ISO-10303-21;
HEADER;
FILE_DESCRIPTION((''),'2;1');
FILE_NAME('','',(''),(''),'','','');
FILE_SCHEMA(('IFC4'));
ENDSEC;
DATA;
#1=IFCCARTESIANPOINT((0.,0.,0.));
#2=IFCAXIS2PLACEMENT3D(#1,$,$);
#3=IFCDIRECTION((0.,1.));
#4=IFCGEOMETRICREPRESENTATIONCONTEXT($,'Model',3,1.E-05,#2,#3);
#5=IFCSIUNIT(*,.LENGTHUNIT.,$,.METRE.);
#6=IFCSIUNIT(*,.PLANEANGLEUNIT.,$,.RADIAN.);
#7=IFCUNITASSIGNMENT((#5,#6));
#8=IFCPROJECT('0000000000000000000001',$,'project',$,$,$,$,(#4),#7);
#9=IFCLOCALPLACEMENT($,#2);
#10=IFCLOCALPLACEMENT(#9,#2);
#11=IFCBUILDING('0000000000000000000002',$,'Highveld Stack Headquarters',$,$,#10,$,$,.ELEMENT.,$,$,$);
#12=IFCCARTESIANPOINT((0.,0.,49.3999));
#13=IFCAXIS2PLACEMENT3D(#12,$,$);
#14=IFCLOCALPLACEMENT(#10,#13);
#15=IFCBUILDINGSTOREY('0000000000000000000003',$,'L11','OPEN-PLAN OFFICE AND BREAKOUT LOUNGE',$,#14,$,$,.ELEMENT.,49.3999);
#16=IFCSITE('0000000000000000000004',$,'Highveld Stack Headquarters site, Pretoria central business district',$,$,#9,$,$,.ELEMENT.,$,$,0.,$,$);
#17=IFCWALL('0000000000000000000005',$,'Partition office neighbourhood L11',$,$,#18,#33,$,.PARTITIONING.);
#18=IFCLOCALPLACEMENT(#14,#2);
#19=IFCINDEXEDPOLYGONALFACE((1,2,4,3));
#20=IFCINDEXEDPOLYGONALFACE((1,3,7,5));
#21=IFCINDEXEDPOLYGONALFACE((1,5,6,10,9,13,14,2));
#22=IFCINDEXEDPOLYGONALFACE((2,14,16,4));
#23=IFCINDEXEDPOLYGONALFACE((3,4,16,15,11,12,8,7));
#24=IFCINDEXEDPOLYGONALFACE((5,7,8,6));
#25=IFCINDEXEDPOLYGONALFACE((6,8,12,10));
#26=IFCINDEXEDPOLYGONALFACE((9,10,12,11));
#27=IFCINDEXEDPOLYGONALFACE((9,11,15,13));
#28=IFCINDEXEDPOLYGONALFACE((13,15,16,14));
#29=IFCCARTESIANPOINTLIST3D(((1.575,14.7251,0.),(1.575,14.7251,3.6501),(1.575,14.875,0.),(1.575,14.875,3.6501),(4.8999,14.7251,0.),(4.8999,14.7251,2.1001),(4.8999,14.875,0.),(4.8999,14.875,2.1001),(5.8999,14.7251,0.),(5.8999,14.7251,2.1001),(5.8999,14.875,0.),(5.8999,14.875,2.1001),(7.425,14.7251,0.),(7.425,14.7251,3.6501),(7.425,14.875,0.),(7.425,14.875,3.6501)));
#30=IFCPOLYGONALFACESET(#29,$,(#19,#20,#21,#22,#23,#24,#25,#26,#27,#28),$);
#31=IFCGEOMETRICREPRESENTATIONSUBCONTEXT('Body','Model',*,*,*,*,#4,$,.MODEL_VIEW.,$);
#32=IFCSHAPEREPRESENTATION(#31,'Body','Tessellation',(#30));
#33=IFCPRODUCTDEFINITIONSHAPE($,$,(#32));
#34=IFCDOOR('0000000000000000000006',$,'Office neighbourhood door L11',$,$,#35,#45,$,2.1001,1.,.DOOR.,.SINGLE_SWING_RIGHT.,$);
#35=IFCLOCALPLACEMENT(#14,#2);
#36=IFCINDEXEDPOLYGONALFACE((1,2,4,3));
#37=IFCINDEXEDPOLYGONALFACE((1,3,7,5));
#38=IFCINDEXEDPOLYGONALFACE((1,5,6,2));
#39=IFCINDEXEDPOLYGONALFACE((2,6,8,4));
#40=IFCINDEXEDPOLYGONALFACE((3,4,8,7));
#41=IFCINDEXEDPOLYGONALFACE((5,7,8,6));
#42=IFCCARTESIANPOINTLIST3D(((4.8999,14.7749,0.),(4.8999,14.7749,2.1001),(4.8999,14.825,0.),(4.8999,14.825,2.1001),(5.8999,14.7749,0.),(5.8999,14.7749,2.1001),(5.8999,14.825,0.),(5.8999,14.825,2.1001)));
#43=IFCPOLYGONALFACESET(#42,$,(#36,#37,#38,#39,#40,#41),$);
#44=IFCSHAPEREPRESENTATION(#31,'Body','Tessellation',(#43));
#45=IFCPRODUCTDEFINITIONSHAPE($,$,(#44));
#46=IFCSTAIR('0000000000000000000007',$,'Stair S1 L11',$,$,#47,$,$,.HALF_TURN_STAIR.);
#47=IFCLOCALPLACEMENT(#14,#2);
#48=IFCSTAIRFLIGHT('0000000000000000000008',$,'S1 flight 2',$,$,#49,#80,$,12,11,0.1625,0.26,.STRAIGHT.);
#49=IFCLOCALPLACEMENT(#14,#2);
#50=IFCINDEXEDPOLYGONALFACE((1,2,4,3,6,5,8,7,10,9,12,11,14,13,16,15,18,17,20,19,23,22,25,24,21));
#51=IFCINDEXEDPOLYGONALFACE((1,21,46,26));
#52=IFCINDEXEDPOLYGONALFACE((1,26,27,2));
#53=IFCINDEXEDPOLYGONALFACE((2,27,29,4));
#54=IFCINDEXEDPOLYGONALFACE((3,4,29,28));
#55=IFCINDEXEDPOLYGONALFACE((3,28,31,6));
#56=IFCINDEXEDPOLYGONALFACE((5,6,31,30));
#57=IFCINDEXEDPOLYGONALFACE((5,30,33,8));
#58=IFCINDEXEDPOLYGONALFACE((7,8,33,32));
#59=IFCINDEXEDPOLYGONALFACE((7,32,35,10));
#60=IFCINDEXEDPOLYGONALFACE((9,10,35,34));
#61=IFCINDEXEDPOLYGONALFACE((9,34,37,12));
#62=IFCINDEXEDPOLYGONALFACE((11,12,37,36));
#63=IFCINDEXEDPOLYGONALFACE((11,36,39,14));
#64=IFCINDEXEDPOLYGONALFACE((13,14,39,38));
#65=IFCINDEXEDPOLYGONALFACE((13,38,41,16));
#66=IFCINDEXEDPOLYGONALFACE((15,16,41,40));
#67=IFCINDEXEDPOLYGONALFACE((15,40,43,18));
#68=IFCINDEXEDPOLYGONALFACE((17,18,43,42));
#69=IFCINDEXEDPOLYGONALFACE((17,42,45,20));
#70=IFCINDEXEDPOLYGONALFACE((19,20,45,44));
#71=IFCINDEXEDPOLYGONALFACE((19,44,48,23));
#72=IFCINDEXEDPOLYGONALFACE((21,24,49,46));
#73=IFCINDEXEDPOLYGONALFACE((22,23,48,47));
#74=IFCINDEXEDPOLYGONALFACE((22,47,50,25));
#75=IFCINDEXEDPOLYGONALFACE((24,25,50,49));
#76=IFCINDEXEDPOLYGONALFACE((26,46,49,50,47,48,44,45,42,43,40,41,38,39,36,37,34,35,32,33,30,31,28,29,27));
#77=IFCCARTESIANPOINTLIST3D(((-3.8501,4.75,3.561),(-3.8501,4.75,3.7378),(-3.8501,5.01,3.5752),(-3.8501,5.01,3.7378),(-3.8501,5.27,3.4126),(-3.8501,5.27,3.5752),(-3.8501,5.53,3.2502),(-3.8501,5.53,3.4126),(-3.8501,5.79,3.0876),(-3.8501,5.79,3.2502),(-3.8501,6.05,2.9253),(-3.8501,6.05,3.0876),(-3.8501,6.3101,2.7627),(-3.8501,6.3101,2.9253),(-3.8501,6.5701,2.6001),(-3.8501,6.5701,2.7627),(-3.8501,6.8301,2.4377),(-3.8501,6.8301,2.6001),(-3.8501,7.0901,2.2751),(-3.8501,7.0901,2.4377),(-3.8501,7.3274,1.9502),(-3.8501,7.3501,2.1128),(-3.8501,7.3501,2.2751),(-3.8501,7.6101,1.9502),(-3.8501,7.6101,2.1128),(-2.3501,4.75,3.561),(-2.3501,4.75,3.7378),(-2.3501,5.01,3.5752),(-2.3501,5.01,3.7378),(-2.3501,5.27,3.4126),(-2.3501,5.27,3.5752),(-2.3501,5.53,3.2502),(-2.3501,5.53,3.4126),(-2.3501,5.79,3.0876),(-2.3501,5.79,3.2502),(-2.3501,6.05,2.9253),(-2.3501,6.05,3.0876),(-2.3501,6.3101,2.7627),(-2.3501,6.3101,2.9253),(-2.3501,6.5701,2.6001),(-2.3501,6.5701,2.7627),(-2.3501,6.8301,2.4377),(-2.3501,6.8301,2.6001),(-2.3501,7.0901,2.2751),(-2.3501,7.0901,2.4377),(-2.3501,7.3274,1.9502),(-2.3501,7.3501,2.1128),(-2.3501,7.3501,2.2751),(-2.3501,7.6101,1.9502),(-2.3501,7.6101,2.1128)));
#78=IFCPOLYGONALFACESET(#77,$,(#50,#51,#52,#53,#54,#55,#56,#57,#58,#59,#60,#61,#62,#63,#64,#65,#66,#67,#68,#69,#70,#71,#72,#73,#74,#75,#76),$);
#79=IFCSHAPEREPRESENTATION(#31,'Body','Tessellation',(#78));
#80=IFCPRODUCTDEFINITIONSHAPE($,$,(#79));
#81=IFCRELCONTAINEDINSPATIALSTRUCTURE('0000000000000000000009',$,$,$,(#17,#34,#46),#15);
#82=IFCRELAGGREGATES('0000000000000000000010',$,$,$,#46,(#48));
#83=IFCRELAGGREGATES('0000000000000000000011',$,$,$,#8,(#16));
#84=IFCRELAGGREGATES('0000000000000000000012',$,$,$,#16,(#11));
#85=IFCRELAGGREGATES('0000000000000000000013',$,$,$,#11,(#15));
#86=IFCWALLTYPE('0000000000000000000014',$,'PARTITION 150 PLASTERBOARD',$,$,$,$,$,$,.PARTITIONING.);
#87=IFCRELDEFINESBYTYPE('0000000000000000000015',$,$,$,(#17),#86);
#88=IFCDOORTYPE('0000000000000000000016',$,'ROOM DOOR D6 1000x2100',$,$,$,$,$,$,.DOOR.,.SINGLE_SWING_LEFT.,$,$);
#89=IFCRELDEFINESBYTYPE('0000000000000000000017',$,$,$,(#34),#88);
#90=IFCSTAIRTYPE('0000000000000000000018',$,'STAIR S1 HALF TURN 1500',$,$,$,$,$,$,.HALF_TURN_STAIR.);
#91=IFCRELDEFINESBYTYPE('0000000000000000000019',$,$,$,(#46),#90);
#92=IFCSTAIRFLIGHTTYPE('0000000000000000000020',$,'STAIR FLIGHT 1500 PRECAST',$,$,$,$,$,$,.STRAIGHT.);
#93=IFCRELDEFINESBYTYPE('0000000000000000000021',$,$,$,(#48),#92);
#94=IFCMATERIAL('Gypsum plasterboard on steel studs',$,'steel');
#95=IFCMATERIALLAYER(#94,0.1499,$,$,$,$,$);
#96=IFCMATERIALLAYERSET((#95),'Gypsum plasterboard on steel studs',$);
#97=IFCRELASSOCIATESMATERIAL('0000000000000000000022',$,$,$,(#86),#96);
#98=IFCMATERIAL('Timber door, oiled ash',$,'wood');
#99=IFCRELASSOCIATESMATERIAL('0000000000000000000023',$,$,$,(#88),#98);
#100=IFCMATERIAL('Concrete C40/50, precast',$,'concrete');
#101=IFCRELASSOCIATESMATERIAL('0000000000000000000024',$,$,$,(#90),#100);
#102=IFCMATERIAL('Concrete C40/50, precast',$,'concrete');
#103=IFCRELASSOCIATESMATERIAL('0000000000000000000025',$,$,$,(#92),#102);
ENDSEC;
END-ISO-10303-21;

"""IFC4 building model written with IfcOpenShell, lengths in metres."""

from ifc_helpers import new_model, si_unit, direction, frame, frame_2d, origin, place, context, subcontext, project, spatial, polyline, rectangle, outline, extrude, material, layer, layer_set, type_object, element, fill, aggregate, save


model = new_model("IFC4")

# Units and contexts
model_context = context("Model", 3, precision=1e-05, world=origin(), true_north=direction((0.0, 1.0)))
body_context = subcontext(model_context, "Body", "Model", "MODEL_VIEW")
ifc_project = project(units=[si_unit("LENGTHUNIT", "METRE"), si_unit("PLANEANGLEUNIT", "RADIAN")], contexts=[model_context])

# Site, building, storey
site_placement = place(None, origin())
site = spatial("IfcSite", under=ifc_project, at=site_placement, Name="Highveld Stack Headquarters site, Pretoria central business district", CompositionType="ELEMENT", RefElevation=0.0)
building_placement = place(site_placement, origin())
building = spatial("IfcBuilding", under=site, at=building_placement, Name="Highveld Stack Headquarters", CompositionType="ELEMENT")
storey_placement = place(building_placement, frame((0.0, 0.0, 49.3999)))
storey = spatial("IfcBuildingStorey", under=building, at=storey_placement, Name="L11", Description="OPEN-PLAN OFFICE AND BREAKOUT LOUNGE", CompositionType="ELEMENT", Elevation=49.3999)

# Shared definitions
ifc_material_1 = material(Name="Gypsum plasterboard on steel studs", Category="steel")
ifc_layer_1 = layer(ifc_material_1, 0.1499)
ifc_layer_set_1 = layer_set([ifc_layer_1], Name="Gypsum plasterboard on steel studs")
wall_type_1 = type_object("IfcWallType", Name="PARTITION 150 PLASTERBOARD", PredefinedType="PARTITIONING", material=ifc_layer_set_1)
ifc_material_2 = material(Name="Timber door, oiled ash", Category="wood")
door_type = type_object("IfcDoorType", Name="ROOM DOOR D6 1000x2100", OperationType="SINGLE_SWING_LEFT", PredefinedType="DOOR", material=ifc_material_2)

# Wall, opening, door
wall_1_placement = place(storey_placement, frame((1.575, 14.8, 0.0), z_axis=(0.0, 0.0, 1.0), x_axis=(1.0, 0.0, 0.0)))
wall_1 = element("IfcWall", 1, at=wall_1_placement, inside=storey, type_object=wall_type_1, Name="Partition office neighbourhood L11", PredefinedType="PARTITIONING", context=body_context, shape_type="SweptSolid", body=[
    extrude(rectangle(XDim=5.8501, YDim=0.1499, at=frame_2d((2.925, 0.0))), origin(), (0.0, 0.0, 1.0), 3.6501),
])
opening_1_placement = place(wall_1_placement, frame((3.325, 0.0, 0.0)))
opening_1 = element("IfcOpeningElement", 2, at=opening_1_placement, cuts=wall_1, PredefinedType="OPENING", context=body_context, shape_type="SweptSolid", body=[
    extrude(rectangle(XDim=1.0, YDim=2.1001, at=frame_2d((0.5, 1.05))), frame((0.0, 0.085, 0.0), z_axis=(0.0, -1.0, 0.0), x_axis=(1.0, 0.0, 0.0)), (0.0, 0.0, 1.0), 0.1699),
])
door_1_placement = place(opening_1_placement, origin())
door_1 = element("IfcDoor", 3, at=door_1_placement, inside=storey, type_object=door_type, Name="Office neighbourhood door L11", OperationType="SINGLE_SWING_RIGHT", OverallHeight=2.1001, OverallWidth=1.0, PredefinedType="DOOR", context=body_context, shape_type="SweptSolid", body=[
    extrude(rectangle(XDim=1.0, YDim=2.1001, at=frame_2d((0.5, 1.05))), frame((0.0, 0.0249, 0.0), z_axis=(0.0, -1.0, 0.0), x_axis=(1.0, 0.0, 0.0)), (0.0, 0.0, 1.0), 0.05),
])
fill(opening_1, door_1)

# Stair, stair flight
ifc_material_3 = material(Name="Concrete C40/50, precast", Category="concrete")
stair_type = type_object("IfcStairType", Name="STAIR S1 HALF TURN 1500", PredefinedType="HALF_TURN_STAIR", material=ifc_material_3)
stair_placement = place(storey_placement, origin())
stair = element("IfcStair", 4, at=stair_placement, inside=storey, type_object=stair_type, Name="Stair S1 L11", PredefinedType="HALF_TURN_STAIR")
ifc_material_4 = material(Name="Concrete C40/50, precast", Category="concrete")
stair_flight_type = type_object("IfcStairFlightType", Name="STAIR FLIGHT 1500 PRECAST", PredefinedType="STRAIGHT", material=ifc_material_4)
stair_flight_placement = place(storey_placement, frame((-3.1001, 7.6101, 1.9502), z_axis=(0.0, 0.0, 1.0), x_axis=(0.0, -1.0, 0.0)))
stair_flight = element("IfcStairFlight", 5, at=stair_flight_placement, type_object=stair_flight_type, Name="S1 flight 2", NumberOfRisers=12, NumberOfTreads=11, PredefinedType="STRAIGHT", RiserHeight=0.1625, TreadLength=0.26, context=body_context, shape_type="SweptSolid", body=[
    extrude(outline(polyline([(0.0, 0.0), (0.0, 0.1626), (0.26, 0.1626), (0.26, 0.325), (0.52, 0.325), (0.52, 0.4875), (0.78, 0.4875), (0.78, 0.6499), (1.04, 0.6499), (1.04, 0.8125), (1.3, 0.8125), (1.3, 0.9751), (1.5601, 0.9751), (1.5601, 1.1375), (1.8201, 1.1375), (1.8201, 1.3), (2.0801, 1.3), (2.0801, 1.4624), (2.3401, 1.4624), (2.3401, 1.625), (2.6001, 1.625), (2.6001, 1.7876), (2.8601, 1.7876), (2.8601, 1.95), (2.8601, 1.6108), (0.2827, 0.0), (0.0, 0.0)])), frame((0.0, 0.75, 0.0), z_axis=(0.0, -1.0, 0.0), x_axis=(1.0, 0.0, 0.0)), (0.0, 0.0, 1.0), 1.5),
])
aggregate(stair, [stair_flight])

save(model, "model.ifc")
